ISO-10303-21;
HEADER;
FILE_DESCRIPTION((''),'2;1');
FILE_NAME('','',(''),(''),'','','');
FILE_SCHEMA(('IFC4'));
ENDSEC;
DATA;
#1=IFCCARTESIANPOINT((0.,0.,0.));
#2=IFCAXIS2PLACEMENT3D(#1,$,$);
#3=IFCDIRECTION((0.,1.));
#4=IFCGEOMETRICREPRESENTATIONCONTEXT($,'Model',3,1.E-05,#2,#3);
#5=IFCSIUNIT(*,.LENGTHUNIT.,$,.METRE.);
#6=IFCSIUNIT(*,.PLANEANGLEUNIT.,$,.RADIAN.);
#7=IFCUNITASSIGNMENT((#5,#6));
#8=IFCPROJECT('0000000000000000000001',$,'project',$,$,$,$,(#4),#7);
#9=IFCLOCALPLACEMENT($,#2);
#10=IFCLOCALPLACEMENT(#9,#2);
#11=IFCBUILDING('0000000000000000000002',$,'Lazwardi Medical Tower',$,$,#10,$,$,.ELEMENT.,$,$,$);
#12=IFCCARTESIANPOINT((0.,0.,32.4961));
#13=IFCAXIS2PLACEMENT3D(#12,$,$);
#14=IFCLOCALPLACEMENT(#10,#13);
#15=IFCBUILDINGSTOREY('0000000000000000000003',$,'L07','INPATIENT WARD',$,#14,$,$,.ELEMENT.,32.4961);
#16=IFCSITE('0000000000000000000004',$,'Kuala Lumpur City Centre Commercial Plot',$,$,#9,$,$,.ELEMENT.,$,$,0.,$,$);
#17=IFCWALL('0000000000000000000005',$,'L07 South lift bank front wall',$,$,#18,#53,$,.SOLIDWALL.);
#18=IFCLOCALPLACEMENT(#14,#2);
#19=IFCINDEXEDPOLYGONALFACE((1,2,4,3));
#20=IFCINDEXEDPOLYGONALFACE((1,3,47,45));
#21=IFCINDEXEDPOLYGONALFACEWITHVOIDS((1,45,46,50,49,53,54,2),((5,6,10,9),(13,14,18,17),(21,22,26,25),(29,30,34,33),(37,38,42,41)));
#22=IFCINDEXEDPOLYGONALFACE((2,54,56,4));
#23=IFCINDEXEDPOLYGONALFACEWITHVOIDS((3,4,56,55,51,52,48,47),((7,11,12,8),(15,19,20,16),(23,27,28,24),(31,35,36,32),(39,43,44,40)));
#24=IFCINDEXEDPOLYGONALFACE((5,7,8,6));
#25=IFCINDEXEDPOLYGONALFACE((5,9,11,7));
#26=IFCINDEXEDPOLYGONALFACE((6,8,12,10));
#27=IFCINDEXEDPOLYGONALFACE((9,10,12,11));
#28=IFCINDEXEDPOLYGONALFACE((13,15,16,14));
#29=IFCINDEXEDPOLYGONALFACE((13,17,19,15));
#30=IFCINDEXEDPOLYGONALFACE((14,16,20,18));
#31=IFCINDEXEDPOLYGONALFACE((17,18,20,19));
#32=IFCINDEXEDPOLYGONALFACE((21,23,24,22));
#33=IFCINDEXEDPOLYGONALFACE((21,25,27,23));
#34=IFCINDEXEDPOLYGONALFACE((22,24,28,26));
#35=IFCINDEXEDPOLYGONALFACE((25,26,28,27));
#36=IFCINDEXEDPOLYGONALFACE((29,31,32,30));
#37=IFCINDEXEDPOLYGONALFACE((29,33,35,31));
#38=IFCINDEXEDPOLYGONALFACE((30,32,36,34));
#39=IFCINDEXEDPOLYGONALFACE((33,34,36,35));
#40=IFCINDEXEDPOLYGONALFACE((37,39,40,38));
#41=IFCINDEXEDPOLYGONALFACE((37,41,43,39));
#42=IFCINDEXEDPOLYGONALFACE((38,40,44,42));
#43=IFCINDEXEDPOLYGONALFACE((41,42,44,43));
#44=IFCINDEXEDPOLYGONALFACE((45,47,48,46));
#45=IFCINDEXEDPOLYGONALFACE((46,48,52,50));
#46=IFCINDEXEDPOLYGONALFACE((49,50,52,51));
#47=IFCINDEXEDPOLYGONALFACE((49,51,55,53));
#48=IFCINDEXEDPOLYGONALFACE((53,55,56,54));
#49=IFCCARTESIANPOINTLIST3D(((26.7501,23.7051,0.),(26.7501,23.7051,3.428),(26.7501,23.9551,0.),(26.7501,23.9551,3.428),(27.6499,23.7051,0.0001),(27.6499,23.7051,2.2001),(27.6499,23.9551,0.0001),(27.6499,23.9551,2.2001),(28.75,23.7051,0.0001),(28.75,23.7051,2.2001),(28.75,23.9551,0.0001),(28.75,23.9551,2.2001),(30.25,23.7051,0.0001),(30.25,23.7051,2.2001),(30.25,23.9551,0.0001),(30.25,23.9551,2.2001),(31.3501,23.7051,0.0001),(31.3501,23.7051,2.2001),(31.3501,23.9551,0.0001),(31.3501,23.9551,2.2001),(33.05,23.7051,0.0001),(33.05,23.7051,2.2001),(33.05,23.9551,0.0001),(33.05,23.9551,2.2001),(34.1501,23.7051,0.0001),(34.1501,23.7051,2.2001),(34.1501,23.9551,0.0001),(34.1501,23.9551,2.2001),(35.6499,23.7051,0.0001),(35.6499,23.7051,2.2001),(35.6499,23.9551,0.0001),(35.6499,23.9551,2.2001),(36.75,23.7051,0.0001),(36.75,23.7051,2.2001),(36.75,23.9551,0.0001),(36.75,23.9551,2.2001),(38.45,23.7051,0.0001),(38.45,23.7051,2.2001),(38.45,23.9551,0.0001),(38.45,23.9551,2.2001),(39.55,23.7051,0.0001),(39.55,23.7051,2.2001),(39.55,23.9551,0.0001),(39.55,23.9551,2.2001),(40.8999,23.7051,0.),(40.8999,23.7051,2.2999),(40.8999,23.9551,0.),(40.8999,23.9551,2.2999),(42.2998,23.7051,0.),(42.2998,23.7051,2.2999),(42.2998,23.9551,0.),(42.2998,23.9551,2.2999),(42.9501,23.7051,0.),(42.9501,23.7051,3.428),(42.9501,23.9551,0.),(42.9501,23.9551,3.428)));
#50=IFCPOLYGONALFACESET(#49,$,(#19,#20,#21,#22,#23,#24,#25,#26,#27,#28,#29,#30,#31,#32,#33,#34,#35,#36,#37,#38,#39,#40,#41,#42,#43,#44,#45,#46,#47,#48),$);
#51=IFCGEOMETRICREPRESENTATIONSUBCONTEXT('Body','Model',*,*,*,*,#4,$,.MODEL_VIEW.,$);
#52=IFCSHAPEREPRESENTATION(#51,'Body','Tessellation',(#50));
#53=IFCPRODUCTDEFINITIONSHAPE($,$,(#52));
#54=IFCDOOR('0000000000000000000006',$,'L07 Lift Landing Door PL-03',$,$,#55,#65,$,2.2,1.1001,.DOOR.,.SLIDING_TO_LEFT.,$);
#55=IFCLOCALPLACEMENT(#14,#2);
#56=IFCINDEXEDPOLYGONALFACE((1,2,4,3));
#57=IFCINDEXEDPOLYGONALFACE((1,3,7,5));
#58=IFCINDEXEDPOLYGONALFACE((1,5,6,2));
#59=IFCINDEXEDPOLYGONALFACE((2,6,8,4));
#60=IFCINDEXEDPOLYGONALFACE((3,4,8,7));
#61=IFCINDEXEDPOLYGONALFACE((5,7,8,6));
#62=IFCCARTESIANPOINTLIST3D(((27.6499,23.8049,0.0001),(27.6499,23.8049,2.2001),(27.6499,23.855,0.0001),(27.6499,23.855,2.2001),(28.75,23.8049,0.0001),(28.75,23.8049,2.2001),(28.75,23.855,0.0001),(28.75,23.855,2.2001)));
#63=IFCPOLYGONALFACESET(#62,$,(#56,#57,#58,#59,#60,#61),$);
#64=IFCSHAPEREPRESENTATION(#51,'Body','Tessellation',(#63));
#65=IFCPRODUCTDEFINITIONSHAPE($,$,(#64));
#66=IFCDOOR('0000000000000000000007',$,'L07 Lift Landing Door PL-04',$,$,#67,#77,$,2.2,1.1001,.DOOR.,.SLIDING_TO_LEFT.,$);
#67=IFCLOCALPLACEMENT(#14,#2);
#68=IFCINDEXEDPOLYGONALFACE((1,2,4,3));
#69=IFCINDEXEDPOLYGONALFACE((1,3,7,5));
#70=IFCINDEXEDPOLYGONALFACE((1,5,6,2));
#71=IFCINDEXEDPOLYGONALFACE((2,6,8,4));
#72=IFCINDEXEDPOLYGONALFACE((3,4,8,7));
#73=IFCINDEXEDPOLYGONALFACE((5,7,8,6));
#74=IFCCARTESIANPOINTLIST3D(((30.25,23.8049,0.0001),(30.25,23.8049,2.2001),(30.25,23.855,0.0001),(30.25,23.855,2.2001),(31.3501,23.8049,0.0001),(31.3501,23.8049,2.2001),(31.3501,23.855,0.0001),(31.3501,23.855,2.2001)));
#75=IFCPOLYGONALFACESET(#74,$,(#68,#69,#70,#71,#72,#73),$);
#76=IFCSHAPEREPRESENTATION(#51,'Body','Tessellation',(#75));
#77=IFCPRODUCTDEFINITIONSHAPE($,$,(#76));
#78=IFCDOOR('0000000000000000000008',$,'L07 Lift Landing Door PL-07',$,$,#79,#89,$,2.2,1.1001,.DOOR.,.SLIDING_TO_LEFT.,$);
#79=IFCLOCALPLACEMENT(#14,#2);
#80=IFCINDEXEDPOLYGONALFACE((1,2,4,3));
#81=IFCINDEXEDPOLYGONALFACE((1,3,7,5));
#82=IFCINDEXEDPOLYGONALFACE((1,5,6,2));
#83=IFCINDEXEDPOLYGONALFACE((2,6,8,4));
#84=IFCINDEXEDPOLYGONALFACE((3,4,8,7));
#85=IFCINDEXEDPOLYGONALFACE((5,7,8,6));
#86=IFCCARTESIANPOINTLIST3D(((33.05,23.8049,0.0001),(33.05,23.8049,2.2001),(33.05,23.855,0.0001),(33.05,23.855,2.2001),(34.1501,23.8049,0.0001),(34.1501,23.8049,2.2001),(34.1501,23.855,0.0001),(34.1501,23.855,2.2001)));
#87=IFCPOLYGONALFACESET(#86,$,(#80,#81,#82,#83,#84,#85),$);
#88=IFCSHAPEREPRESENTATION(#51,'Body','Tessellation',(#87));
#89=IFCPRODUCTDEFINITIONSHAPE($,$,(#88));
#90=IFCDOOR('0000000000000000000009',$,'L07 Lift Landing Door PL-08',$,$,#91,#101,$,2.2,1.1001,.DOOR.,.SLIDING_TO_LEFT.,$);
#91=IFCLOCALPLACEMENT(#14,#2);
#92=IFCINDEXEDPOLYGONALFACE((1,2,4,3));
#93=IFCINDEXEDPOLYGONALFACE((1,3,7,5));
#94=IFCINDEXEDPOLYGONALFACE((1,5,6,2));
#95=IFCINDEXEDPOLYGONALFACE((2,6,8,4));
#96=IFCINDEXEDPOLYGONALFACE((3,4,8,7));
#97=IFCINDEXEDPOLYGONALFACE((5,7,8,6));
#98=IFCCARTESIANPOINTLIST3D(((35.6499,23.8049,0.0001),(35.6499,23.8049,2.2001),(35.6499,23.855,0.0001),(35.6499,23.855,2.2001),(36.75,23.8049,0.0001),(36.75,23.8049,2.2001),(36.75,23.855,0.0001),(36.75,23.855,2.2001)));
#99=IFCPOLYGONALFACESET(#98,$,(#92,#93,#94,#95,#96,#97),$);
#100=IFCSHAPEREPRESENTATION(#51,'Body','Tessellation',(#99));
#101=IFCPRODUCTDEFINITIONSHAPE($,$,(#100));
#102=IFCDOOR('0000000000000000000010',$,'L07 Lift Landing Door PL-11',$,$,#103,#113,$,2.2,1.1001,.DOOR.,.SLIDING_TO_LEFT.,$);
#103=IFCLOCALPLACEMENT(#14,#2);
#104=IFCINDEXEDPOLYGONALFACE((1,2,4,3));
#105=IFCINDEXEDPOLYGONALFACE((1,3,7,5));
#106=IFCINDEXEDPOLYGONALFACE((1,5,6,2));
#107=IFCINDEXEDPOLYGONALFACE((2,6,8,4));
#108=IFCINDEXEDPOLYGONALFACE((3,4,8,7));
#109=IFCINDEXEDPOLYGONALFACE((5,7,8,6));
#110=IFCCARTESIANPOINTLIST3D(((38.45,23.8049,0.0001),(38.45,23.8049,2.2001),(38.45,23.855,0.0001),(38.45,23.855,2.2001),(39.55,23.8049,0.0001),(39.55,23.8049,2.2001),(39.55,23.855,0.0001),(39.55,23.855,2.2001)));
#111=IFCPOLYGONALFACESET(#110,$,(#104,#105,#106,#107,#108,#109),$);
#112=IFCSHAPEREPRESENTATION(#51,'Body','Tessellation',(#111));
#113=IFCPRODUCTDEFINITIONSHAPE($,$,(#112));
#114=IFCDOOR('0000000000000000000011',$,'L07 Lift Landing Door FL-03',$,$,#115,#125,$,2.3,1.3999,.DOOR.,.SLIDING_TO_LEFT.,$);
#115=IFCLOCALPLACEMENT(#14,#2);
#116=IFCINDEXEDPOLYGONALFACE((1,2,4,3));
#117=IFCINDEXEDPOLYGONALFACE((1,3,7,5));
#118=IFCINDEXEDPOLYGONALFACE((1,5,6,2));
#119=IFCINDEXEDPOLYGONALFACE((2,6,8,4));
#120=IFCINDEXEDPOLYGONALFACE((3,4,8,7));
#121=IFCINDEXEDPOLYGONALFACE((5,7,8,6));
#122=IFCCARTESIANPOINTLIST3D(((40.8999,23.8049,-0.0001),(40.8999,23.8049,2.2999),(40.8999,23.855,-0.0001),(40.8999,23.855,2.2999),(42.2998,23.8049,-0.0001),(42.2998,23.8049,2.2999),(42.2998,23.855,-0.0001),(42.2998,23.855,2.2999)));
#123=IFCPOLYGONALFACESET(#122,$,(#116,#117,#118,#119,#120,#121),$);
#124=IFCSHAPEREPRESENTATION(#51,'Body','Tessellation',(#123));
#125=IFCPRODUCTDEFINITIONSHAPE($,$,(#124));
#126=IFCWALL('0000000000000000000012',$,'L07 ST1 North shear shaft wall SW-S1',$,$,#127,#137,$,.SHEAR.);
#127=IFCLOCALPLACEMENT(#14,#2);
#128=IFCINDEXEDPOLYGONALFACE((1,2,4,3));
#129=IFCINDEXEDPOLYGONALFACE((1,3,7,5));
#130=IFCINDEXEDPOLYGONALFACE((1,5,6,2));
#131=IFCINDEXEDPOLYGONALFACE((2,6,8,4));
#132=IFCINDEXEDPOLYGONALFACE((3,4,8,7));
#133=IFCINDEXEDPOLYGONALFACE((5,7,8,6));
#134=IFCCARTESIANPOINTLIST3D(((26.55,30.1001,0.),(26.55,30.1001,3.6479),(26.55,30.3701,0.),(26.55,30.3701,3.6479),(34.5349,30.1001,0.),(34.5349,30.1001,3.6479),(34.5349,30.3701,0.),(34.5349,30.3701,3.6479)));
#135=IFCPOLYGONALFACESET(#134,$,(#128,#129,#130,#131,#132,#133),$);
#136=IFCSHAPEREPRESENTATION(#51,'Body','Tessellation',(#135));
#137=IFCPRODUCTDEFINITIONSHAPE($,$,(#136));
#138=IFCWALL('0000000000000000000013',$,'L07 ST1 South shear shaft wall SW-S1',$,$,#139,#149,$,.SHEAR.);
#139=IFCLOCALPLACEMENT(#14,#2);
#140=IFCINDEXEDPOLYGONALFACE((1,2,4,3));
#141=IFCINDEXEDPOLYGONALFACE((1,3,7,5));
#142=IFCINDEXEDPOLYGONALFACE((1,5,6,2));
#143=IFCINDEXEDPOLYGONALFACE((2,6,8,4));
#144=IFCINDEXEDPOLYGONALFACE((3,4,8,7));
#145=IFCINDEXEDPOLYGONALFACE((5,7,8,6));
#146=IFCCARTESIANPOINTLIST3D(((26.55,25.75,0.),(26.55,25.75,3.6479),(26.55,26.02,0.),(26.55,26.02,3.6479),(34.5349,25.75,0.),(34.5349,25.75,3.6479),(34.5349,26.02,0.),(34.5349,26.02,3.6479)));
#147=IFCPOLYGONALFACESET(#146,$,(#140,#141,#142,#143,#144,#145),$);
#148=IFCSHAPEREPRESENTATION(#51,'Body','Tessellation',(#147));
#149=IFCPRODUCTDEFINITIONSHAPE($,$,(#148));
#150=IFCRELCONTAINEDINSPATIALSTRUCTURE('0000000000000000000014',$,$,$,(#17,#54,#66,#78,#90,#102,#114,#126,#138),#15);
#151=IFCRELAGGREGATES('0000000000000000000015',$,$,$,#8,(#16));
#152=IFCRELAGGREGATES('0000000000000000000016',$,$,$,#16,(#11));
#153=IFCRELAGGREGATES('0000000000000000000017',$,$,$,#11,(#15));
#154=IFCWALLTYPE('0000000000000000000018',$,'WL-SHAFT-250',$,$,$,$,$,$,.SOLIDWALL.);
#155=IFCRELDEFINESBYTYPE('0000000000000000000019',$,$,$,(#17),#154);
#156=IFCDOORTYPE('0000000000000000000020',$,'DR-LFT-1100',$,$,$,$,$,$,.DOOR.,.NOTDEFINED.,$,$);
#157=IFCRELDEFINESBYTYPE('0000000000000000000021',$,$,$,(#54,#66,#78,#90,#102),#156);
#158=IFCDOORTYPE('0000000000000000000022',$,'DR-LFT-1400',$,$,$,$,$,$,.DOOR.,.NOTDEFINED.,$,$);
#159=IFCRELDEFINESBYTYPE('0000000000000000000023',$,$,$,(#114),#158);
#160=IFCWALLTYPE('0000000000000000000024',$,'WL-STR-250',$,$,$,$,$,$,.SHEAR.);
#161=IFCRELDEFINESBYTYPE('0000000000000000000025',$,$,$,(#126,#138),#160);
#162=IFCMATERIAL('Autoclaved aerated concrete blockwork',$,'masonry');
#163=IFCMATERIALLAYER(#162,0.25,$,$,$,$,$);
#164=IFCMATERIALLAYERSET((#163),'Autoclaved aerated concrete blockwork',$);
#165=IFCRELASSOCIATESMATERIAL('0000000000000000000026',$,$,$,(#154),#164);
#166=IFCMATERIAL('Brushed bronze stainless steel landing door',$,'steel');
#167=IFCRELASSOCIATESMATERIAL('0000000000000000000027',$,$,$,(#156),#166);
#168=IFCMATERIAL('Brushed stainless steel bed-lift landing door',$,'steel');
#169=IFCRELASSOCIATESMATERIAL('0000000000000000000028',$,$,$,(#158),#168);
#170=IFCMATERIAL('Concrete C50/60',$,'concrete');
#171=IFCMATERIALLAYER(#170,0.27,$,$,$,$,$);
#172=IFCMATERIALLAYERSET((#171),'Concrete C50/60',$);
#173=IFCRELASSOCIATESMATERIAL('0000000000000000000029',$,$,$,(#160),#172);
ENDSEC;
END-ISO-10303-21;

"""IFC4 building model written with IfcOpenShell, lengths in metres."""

from ifc_helpers import new_model, si_unit, direction, frame, frame_2d, origin, place, context, subcontext, project, spatial, rectangle, extrude, material, layer, layer_set, type_object, element, fill, save


model = new_model("IFC4")

# Units and contexts
model_context = context("Model", 3, precision=1e-05, world=origin(), true_north=direction((0.0, 1.0)))
body_context = subcontext(model_context, "Body", "Model", "MODEL_VIEW")
ifc_project = project(units=[si_unit("LENGTHUNIT", "METRE"), si_unit("PLANEANGLEUNIT", "RADIAN")], contexts=[model_context])

# Site, building, storey
site_placement = place(None, origin())
site = spatial("IfcSite", under=ifc_project, at=site_placement, Name="Kuala Lumpur City Centre Commercial Plot", CompositionType="ELEMENT", RefElevation=0.0)
building_placement = place(site_placement, origin())
building = spatial("IfcBuilding", under=site, at=building_placement, Name="Lazwardi Medical Tower", CompositionType="ELEMENT")
storey_placement = place(building_placement, frame((0.0, 0.0, 32.4961)))
storey = spatial("IfcBuildingStorey", under=building, at=storey_placement, Name="L07", Description="INPATIENT WARD", CompositionType="ELEMENT", Elevation=32.4961)

# Wall, openings, doors
ifc_material_1 = material(Name="Autoclaved aerated concrete blockwork", Category="masonry")
ifc_layer_1 = layer(ifc_material_1, 0.25)
ifc_layer_set_1 = layer_set([ifc_layer_1], Name="Autoclaved aerated concrete blockwork")
wall_type_1 = type_object("IfcWallType", Name="WL-SHAFT-250", PredefinedType="SOLIDWALL", material=ifc_layer_set_1)
wall_1_placement = place(storey_placement, frame((26.75, 23.8301, 0.0), z_axis=(0.0, 0.0, 1.0), x_axis=(1.0, 0.0, 0.0)))
wall_1 = element("IfcWall", 1, at=wall_1_placement, inside=storey, type_object=wall_type_1, Name="L07 South lift bank front wall", PredefinedType="SOLIDWALL", context=body_context, shape_type="SweptSolid", body=[
    extrude(rectangle(XDim=16.2, YDim=0.25, at=frame_2d((8.1001, 0.0))), origin(), (0.0, 0.0, 1.0), 3.428),
])
opening_1_placement = place(wall_1_placement, frame((0.8999, 0.0, 0.0)))
opening_1 = element("IfcOpeningElement", 2, at=opening_1_placement, cuts=wall_1, PredefinedType="OPENING", context=body_context, shape_type="SweptSolid", body=[
    extrude(rectangle(XDim=1.1001, YDim=2.2, at=frame_2d((0.55, 1.1001))), frame((0.0, 0.135, 0.0), z_axis=(0.0, -1.0, 0.0), x_axis=(1.0, 0.0, 0.0)), (0.0, 0.0, 1.0), 0.27),
])
opening_2_placement = place(wall_1_placement, frame((3.5, 0.0, 0.0)))
opening_2 = element("IfcOpeningElement", 3, at=opening_2_placement, cuts=wall_1, PredefinedType="OPENING", context=body_context, shape_type="SweptSolid", body=[
    extrude(rectangle(XDim=1.1001, YDim=2.2, at=frame_2d((0.55, 1.1001))), frame((0.0, 0.135, 0.0), z_axis=(0.0, -1.0, 0.0), x_axis=(1.0, 0.0, 0.0)), (0.0, 0.0, 1.0), 0.27),
])
opening_3_placement = place(wall_1_placement, frame((6.3, 0.0, 0.0)))
opening_3 = element("IfcOpeningElement", 4, at=opening_3_placement, cuts=wall_1, PredefinedType="OPENING", context=body_context, shape_type="SweptSolid", body=[
    extrude(rectangle(XDim=1.1001, YDim=2.2, at=frame_2d((0.55, 1.1001))), frame((0.0, 0.135, 0.0), z_axis=(0.0, -1.0, 0.0), x_axis=(1.0, 0.0, 0.0)), (0.0, 0.0, 1.0), 0.27),
])
opening_4_placement = place(wall_1_placement, frame((8.8999, 0.0, 0.0)))
opening_4 = element("IfcOpeningElement", 5, at=opening_4_placement, cuts=wall_1, PredefinedType="OPENING", context=body_context, shape_type="SweptSolid", body=[
    extrude(rectangle(XDim=1.1001, YDim=2.2, at=frame_2d((0.55, 1.1001))), frame((0.0, 0.135, 0.0), z_axis=(0.0, -1.0, 0.0), x_axis=(1.0, 0.0, 0.0)), (0.0, 0.0, 1.0), 0.27),
])
opening_5_placement = place(wall_1_placement, frame((11.7, 0.0, 0.0)))
opening_5 = element("IfcOpeningElement", 6, at=opening_5_placement, cuts=wall_1, PredefinedType="OPENING", context=body_context, shape_type="SweptSolid", body=[
    extrude(rectangle(XDim=1.1001, YDim=2.2, at=frame_2d((0.55, 1.1001))), frame((0.0, 0.135, 0.0), z_axis=(0.0, -1.0, 0.0), x_axis=(1.0, 0.0, 0.0)), (0.0, 0.0, 1.0), 0.27),
])
opening_6_placement = place(wall_1_placement, frame((14.1499, 0.0, 0.0)))
opening_6 = element("IfcOpeningElement", 7, at=opening_6_placement, cuts=wall_1, PredefinedType="OPENING", context=body_context, shape_type="SweptSolid", body=[
    extrude(rectangle(XDim=1.3999, YDim=2.3, at=frame_2d((0.7, 1.1499))), frame((0.0, 0.135, 0.0), z_axis=(0.0, -1.0, 0.0), x_axis=(1.0, 0.0, 0.0)), (0.0, 0.0, 1.0), 0.27),
])
ifc_material_2 = material(Name="Brushed bronze stainless steel landing door", Category="steel")
door_type_1 = type_object("IfcDoorType", Name="DR-LFT-1100", OperationType="NOTDEFINED", PredefinedType="DOOR", material=ifc_material_2)
door_1_placement = place(opening_1_placement, origin())
door_1 = element("IfcDoor", 8, at=door_1_placement, inside=storey, type_object=door_type_1, Name="L07 Lift Landing Door PL-03", OperationType="SLIDING_TO_LEFT", OverallHeight=2.2, OverallWidth=1.1001, PredefinedType="DOOR", context=body_context, shape_type="SweptSolid", body=[
    extrude(rectangle(XDim=1.1001, YDim=2.2, at=frame_2d((0.55, 1.1001))), frame((0.0, 0.0249, 0.0), z_axis=(0.0, -1.0, 0.0), x_axis=(1.0, 0.0, 0.0)), (0.0, 0.0, 1.0), 0.05),
])
fill(opening_1, door_1)
door_2_placement = place(opening_2_placement, origin())
door_2 = element("IfcDoor", 9, at=door_2_placement, inside=storey, type_object=door_type_1, Name="L07 Lift Landing Door PL-04", OperationType="SLIDING_TO_LEFT", OverallHeight=2.2, OverallWidth=1.1001, PredefinedType="DOOR", context=body_context, shape_type="SweptSolid", body=[
    extrude(rectangle(XDim=1.1001, YDim=2.2, at=frame_2d((0.55, 1.1001))), frame((0.0, 0.0249, 0.0), z_axis=(0.0, -1.0, 0.0), x_axis=(1.0, 0.0, 0.0)), (0.0, 0.0, 1.0), 0.05),
])
fill(opening_2, door_2)
door_3_placement = place(opening_3_placement, origin())
door_3 = element("IfcDoor", 10, at=door_3_placement, inside=storey, type_object=door_type_1, Name="L07 Lift Landing Door PL-07", OperationType="SLIDING_TO_LEFT", OverallHeight=2.2, OverallWidth=1.1001, PredefinedType="DOOR", context=body_context, shape_type="SweptSolid", body=[
    extrude(rectangle(XDim=1.1001, YDim=2.2, at=frame_2d((0.55, 1.1001))), frame((0.0, 0.0249, 0.0), z_axis=(0.0, -1.0, 0.0), x_axis=(1.0, 0.0, 0.0)), (0.0, 0.0, 1.0), 0.05),
])
fill(opening_3, door_3)
door_4_placement = place(opening_4_placement, origin())
door_4 = element("IfcDoor", 11, at=door_4_placement, inside=storey, type_object=door_type_1, Name="L07 Lift Landing Door PL-08", OperationType="SLIDING_TO_LEFT", OverallHeight=2.2, OverallWidth=1.1001, PredefinedType="DOOR", context=body_context, shape_type="SweptSolid", body=[
    extrude(rectangle(XDim=1.1001, YDim=2.2, at=frame_2d((0.55, 1.1001))), frame((0.0, 0.0249, 0.0), z_axis=(0.0, -1.0, 0.0), x_axis=(1.0, 0.0, 0.0)), (0.0, 0.0, 1.0), 0.05),
])
fill(opening_4, door_4)
door_5_placement = place(opening_5_placement, origin())
door_5 = element("IfcDoor", 12, at=door_5_placement, inside=storey, type_object=door_type_1, Name="L07 Lift Landing Door PL-11", OperationType="SLIDING_TO_LEFT", OverallHeight=2.2, OverallWidth=1.1001, PredefinedType="DOOR", context=body_context, shape_type="SweptSolid", body=[
    extrude(rectangle(XDim=1.1001, YDim=2.2, at=frame_2d((0.55, 1.1001))), frame((0.0, 0.0249, 0.0), z_axis=(0.0, -1.0, 0.0), x_axis=(1.0, 0.0, 0.0)), (0.0, 0.0, 1.0), 0.05),
])
fill(opening_5, door_5)
ifc_material_3 = material(Name="Brushed stainless steel bed-lift landing door", Category="steel")
door_type_2 = type_object("IfcDoorType", Name="DR-LFT-1400", OperationType="NOTDEFINED", PredefinedType="DOOR", material=ifc_material_3)
door_6_placement = place(opening_6_placement, origin())
door_6 = element("IfcDoor", 13, at=door_6_placement, inside=storey, type_object=door_type_2, Name="L07 Lift Landing Door FL-03", OperationType="SLIDING_TO_LEFT", OverallHeight=2.3, OverallWidth=1.3999, PredefinedType="DOOR", context=body_context, shape_type="SweptSolid", body=[
    extrude(rectangle(XDim=1.3999, YDim=2.3, at=frame_2d((0.7, 1.1499))), frame((0.0, 0.0249, 0.0), z_axis=(0.0, -1.0, 0.0), x_axis=(1.0, 0.0, 0.0)), (0.0, 0.0, 1.0), 0.05),
])
fill(opening_6, door_6)

# Walls
ifc_material_4 = material(Name="Concrete C50/60", Category="concrete")
ifc_layer_2 = layer(ifc_material_4, 0.27)
ifc_layer_set_2 = layer_set([ifc_layer_2], Name="Concrete C50/60")
wall_type_2 = type_object("IfcWallType", Name="WL-STR-250", PredefinedType="SHEAR", material=ifc_layer_set_2)
for number, where, z_axis, x_axis, name in (
    (14, (26.55, 30.2351, 0.0), (0.0, 0.0, 1.0), (1.0, 0.0, 0.0), "L07 ST1 North shear shaft wall SW-S1"),
    (15, (26.55, 25.885, 0.0), (0.0, 0.0, 1.0), (1.0, 0.0, 0.0), "L07 ST1 South shear shaft wall SW-S1"),
):
    element("IfcWall", number, at=place(storey_placement, frame(where, z_axis=z_axis, x_axis=x_axis)), inside=storey, type_object=wall_type_2, Name=name, PredefinedType="SHEAR", context=body_context, shape_type="SweptSolid", body=[
        extrude(rectangle(XDim=7.9849, YDim=0.27, at=frame_2d((3.9924, 0.0))), origin(), (0.0, 0.0, 1.0), 3.6479),
    ])

save(model, "model.ifc")
